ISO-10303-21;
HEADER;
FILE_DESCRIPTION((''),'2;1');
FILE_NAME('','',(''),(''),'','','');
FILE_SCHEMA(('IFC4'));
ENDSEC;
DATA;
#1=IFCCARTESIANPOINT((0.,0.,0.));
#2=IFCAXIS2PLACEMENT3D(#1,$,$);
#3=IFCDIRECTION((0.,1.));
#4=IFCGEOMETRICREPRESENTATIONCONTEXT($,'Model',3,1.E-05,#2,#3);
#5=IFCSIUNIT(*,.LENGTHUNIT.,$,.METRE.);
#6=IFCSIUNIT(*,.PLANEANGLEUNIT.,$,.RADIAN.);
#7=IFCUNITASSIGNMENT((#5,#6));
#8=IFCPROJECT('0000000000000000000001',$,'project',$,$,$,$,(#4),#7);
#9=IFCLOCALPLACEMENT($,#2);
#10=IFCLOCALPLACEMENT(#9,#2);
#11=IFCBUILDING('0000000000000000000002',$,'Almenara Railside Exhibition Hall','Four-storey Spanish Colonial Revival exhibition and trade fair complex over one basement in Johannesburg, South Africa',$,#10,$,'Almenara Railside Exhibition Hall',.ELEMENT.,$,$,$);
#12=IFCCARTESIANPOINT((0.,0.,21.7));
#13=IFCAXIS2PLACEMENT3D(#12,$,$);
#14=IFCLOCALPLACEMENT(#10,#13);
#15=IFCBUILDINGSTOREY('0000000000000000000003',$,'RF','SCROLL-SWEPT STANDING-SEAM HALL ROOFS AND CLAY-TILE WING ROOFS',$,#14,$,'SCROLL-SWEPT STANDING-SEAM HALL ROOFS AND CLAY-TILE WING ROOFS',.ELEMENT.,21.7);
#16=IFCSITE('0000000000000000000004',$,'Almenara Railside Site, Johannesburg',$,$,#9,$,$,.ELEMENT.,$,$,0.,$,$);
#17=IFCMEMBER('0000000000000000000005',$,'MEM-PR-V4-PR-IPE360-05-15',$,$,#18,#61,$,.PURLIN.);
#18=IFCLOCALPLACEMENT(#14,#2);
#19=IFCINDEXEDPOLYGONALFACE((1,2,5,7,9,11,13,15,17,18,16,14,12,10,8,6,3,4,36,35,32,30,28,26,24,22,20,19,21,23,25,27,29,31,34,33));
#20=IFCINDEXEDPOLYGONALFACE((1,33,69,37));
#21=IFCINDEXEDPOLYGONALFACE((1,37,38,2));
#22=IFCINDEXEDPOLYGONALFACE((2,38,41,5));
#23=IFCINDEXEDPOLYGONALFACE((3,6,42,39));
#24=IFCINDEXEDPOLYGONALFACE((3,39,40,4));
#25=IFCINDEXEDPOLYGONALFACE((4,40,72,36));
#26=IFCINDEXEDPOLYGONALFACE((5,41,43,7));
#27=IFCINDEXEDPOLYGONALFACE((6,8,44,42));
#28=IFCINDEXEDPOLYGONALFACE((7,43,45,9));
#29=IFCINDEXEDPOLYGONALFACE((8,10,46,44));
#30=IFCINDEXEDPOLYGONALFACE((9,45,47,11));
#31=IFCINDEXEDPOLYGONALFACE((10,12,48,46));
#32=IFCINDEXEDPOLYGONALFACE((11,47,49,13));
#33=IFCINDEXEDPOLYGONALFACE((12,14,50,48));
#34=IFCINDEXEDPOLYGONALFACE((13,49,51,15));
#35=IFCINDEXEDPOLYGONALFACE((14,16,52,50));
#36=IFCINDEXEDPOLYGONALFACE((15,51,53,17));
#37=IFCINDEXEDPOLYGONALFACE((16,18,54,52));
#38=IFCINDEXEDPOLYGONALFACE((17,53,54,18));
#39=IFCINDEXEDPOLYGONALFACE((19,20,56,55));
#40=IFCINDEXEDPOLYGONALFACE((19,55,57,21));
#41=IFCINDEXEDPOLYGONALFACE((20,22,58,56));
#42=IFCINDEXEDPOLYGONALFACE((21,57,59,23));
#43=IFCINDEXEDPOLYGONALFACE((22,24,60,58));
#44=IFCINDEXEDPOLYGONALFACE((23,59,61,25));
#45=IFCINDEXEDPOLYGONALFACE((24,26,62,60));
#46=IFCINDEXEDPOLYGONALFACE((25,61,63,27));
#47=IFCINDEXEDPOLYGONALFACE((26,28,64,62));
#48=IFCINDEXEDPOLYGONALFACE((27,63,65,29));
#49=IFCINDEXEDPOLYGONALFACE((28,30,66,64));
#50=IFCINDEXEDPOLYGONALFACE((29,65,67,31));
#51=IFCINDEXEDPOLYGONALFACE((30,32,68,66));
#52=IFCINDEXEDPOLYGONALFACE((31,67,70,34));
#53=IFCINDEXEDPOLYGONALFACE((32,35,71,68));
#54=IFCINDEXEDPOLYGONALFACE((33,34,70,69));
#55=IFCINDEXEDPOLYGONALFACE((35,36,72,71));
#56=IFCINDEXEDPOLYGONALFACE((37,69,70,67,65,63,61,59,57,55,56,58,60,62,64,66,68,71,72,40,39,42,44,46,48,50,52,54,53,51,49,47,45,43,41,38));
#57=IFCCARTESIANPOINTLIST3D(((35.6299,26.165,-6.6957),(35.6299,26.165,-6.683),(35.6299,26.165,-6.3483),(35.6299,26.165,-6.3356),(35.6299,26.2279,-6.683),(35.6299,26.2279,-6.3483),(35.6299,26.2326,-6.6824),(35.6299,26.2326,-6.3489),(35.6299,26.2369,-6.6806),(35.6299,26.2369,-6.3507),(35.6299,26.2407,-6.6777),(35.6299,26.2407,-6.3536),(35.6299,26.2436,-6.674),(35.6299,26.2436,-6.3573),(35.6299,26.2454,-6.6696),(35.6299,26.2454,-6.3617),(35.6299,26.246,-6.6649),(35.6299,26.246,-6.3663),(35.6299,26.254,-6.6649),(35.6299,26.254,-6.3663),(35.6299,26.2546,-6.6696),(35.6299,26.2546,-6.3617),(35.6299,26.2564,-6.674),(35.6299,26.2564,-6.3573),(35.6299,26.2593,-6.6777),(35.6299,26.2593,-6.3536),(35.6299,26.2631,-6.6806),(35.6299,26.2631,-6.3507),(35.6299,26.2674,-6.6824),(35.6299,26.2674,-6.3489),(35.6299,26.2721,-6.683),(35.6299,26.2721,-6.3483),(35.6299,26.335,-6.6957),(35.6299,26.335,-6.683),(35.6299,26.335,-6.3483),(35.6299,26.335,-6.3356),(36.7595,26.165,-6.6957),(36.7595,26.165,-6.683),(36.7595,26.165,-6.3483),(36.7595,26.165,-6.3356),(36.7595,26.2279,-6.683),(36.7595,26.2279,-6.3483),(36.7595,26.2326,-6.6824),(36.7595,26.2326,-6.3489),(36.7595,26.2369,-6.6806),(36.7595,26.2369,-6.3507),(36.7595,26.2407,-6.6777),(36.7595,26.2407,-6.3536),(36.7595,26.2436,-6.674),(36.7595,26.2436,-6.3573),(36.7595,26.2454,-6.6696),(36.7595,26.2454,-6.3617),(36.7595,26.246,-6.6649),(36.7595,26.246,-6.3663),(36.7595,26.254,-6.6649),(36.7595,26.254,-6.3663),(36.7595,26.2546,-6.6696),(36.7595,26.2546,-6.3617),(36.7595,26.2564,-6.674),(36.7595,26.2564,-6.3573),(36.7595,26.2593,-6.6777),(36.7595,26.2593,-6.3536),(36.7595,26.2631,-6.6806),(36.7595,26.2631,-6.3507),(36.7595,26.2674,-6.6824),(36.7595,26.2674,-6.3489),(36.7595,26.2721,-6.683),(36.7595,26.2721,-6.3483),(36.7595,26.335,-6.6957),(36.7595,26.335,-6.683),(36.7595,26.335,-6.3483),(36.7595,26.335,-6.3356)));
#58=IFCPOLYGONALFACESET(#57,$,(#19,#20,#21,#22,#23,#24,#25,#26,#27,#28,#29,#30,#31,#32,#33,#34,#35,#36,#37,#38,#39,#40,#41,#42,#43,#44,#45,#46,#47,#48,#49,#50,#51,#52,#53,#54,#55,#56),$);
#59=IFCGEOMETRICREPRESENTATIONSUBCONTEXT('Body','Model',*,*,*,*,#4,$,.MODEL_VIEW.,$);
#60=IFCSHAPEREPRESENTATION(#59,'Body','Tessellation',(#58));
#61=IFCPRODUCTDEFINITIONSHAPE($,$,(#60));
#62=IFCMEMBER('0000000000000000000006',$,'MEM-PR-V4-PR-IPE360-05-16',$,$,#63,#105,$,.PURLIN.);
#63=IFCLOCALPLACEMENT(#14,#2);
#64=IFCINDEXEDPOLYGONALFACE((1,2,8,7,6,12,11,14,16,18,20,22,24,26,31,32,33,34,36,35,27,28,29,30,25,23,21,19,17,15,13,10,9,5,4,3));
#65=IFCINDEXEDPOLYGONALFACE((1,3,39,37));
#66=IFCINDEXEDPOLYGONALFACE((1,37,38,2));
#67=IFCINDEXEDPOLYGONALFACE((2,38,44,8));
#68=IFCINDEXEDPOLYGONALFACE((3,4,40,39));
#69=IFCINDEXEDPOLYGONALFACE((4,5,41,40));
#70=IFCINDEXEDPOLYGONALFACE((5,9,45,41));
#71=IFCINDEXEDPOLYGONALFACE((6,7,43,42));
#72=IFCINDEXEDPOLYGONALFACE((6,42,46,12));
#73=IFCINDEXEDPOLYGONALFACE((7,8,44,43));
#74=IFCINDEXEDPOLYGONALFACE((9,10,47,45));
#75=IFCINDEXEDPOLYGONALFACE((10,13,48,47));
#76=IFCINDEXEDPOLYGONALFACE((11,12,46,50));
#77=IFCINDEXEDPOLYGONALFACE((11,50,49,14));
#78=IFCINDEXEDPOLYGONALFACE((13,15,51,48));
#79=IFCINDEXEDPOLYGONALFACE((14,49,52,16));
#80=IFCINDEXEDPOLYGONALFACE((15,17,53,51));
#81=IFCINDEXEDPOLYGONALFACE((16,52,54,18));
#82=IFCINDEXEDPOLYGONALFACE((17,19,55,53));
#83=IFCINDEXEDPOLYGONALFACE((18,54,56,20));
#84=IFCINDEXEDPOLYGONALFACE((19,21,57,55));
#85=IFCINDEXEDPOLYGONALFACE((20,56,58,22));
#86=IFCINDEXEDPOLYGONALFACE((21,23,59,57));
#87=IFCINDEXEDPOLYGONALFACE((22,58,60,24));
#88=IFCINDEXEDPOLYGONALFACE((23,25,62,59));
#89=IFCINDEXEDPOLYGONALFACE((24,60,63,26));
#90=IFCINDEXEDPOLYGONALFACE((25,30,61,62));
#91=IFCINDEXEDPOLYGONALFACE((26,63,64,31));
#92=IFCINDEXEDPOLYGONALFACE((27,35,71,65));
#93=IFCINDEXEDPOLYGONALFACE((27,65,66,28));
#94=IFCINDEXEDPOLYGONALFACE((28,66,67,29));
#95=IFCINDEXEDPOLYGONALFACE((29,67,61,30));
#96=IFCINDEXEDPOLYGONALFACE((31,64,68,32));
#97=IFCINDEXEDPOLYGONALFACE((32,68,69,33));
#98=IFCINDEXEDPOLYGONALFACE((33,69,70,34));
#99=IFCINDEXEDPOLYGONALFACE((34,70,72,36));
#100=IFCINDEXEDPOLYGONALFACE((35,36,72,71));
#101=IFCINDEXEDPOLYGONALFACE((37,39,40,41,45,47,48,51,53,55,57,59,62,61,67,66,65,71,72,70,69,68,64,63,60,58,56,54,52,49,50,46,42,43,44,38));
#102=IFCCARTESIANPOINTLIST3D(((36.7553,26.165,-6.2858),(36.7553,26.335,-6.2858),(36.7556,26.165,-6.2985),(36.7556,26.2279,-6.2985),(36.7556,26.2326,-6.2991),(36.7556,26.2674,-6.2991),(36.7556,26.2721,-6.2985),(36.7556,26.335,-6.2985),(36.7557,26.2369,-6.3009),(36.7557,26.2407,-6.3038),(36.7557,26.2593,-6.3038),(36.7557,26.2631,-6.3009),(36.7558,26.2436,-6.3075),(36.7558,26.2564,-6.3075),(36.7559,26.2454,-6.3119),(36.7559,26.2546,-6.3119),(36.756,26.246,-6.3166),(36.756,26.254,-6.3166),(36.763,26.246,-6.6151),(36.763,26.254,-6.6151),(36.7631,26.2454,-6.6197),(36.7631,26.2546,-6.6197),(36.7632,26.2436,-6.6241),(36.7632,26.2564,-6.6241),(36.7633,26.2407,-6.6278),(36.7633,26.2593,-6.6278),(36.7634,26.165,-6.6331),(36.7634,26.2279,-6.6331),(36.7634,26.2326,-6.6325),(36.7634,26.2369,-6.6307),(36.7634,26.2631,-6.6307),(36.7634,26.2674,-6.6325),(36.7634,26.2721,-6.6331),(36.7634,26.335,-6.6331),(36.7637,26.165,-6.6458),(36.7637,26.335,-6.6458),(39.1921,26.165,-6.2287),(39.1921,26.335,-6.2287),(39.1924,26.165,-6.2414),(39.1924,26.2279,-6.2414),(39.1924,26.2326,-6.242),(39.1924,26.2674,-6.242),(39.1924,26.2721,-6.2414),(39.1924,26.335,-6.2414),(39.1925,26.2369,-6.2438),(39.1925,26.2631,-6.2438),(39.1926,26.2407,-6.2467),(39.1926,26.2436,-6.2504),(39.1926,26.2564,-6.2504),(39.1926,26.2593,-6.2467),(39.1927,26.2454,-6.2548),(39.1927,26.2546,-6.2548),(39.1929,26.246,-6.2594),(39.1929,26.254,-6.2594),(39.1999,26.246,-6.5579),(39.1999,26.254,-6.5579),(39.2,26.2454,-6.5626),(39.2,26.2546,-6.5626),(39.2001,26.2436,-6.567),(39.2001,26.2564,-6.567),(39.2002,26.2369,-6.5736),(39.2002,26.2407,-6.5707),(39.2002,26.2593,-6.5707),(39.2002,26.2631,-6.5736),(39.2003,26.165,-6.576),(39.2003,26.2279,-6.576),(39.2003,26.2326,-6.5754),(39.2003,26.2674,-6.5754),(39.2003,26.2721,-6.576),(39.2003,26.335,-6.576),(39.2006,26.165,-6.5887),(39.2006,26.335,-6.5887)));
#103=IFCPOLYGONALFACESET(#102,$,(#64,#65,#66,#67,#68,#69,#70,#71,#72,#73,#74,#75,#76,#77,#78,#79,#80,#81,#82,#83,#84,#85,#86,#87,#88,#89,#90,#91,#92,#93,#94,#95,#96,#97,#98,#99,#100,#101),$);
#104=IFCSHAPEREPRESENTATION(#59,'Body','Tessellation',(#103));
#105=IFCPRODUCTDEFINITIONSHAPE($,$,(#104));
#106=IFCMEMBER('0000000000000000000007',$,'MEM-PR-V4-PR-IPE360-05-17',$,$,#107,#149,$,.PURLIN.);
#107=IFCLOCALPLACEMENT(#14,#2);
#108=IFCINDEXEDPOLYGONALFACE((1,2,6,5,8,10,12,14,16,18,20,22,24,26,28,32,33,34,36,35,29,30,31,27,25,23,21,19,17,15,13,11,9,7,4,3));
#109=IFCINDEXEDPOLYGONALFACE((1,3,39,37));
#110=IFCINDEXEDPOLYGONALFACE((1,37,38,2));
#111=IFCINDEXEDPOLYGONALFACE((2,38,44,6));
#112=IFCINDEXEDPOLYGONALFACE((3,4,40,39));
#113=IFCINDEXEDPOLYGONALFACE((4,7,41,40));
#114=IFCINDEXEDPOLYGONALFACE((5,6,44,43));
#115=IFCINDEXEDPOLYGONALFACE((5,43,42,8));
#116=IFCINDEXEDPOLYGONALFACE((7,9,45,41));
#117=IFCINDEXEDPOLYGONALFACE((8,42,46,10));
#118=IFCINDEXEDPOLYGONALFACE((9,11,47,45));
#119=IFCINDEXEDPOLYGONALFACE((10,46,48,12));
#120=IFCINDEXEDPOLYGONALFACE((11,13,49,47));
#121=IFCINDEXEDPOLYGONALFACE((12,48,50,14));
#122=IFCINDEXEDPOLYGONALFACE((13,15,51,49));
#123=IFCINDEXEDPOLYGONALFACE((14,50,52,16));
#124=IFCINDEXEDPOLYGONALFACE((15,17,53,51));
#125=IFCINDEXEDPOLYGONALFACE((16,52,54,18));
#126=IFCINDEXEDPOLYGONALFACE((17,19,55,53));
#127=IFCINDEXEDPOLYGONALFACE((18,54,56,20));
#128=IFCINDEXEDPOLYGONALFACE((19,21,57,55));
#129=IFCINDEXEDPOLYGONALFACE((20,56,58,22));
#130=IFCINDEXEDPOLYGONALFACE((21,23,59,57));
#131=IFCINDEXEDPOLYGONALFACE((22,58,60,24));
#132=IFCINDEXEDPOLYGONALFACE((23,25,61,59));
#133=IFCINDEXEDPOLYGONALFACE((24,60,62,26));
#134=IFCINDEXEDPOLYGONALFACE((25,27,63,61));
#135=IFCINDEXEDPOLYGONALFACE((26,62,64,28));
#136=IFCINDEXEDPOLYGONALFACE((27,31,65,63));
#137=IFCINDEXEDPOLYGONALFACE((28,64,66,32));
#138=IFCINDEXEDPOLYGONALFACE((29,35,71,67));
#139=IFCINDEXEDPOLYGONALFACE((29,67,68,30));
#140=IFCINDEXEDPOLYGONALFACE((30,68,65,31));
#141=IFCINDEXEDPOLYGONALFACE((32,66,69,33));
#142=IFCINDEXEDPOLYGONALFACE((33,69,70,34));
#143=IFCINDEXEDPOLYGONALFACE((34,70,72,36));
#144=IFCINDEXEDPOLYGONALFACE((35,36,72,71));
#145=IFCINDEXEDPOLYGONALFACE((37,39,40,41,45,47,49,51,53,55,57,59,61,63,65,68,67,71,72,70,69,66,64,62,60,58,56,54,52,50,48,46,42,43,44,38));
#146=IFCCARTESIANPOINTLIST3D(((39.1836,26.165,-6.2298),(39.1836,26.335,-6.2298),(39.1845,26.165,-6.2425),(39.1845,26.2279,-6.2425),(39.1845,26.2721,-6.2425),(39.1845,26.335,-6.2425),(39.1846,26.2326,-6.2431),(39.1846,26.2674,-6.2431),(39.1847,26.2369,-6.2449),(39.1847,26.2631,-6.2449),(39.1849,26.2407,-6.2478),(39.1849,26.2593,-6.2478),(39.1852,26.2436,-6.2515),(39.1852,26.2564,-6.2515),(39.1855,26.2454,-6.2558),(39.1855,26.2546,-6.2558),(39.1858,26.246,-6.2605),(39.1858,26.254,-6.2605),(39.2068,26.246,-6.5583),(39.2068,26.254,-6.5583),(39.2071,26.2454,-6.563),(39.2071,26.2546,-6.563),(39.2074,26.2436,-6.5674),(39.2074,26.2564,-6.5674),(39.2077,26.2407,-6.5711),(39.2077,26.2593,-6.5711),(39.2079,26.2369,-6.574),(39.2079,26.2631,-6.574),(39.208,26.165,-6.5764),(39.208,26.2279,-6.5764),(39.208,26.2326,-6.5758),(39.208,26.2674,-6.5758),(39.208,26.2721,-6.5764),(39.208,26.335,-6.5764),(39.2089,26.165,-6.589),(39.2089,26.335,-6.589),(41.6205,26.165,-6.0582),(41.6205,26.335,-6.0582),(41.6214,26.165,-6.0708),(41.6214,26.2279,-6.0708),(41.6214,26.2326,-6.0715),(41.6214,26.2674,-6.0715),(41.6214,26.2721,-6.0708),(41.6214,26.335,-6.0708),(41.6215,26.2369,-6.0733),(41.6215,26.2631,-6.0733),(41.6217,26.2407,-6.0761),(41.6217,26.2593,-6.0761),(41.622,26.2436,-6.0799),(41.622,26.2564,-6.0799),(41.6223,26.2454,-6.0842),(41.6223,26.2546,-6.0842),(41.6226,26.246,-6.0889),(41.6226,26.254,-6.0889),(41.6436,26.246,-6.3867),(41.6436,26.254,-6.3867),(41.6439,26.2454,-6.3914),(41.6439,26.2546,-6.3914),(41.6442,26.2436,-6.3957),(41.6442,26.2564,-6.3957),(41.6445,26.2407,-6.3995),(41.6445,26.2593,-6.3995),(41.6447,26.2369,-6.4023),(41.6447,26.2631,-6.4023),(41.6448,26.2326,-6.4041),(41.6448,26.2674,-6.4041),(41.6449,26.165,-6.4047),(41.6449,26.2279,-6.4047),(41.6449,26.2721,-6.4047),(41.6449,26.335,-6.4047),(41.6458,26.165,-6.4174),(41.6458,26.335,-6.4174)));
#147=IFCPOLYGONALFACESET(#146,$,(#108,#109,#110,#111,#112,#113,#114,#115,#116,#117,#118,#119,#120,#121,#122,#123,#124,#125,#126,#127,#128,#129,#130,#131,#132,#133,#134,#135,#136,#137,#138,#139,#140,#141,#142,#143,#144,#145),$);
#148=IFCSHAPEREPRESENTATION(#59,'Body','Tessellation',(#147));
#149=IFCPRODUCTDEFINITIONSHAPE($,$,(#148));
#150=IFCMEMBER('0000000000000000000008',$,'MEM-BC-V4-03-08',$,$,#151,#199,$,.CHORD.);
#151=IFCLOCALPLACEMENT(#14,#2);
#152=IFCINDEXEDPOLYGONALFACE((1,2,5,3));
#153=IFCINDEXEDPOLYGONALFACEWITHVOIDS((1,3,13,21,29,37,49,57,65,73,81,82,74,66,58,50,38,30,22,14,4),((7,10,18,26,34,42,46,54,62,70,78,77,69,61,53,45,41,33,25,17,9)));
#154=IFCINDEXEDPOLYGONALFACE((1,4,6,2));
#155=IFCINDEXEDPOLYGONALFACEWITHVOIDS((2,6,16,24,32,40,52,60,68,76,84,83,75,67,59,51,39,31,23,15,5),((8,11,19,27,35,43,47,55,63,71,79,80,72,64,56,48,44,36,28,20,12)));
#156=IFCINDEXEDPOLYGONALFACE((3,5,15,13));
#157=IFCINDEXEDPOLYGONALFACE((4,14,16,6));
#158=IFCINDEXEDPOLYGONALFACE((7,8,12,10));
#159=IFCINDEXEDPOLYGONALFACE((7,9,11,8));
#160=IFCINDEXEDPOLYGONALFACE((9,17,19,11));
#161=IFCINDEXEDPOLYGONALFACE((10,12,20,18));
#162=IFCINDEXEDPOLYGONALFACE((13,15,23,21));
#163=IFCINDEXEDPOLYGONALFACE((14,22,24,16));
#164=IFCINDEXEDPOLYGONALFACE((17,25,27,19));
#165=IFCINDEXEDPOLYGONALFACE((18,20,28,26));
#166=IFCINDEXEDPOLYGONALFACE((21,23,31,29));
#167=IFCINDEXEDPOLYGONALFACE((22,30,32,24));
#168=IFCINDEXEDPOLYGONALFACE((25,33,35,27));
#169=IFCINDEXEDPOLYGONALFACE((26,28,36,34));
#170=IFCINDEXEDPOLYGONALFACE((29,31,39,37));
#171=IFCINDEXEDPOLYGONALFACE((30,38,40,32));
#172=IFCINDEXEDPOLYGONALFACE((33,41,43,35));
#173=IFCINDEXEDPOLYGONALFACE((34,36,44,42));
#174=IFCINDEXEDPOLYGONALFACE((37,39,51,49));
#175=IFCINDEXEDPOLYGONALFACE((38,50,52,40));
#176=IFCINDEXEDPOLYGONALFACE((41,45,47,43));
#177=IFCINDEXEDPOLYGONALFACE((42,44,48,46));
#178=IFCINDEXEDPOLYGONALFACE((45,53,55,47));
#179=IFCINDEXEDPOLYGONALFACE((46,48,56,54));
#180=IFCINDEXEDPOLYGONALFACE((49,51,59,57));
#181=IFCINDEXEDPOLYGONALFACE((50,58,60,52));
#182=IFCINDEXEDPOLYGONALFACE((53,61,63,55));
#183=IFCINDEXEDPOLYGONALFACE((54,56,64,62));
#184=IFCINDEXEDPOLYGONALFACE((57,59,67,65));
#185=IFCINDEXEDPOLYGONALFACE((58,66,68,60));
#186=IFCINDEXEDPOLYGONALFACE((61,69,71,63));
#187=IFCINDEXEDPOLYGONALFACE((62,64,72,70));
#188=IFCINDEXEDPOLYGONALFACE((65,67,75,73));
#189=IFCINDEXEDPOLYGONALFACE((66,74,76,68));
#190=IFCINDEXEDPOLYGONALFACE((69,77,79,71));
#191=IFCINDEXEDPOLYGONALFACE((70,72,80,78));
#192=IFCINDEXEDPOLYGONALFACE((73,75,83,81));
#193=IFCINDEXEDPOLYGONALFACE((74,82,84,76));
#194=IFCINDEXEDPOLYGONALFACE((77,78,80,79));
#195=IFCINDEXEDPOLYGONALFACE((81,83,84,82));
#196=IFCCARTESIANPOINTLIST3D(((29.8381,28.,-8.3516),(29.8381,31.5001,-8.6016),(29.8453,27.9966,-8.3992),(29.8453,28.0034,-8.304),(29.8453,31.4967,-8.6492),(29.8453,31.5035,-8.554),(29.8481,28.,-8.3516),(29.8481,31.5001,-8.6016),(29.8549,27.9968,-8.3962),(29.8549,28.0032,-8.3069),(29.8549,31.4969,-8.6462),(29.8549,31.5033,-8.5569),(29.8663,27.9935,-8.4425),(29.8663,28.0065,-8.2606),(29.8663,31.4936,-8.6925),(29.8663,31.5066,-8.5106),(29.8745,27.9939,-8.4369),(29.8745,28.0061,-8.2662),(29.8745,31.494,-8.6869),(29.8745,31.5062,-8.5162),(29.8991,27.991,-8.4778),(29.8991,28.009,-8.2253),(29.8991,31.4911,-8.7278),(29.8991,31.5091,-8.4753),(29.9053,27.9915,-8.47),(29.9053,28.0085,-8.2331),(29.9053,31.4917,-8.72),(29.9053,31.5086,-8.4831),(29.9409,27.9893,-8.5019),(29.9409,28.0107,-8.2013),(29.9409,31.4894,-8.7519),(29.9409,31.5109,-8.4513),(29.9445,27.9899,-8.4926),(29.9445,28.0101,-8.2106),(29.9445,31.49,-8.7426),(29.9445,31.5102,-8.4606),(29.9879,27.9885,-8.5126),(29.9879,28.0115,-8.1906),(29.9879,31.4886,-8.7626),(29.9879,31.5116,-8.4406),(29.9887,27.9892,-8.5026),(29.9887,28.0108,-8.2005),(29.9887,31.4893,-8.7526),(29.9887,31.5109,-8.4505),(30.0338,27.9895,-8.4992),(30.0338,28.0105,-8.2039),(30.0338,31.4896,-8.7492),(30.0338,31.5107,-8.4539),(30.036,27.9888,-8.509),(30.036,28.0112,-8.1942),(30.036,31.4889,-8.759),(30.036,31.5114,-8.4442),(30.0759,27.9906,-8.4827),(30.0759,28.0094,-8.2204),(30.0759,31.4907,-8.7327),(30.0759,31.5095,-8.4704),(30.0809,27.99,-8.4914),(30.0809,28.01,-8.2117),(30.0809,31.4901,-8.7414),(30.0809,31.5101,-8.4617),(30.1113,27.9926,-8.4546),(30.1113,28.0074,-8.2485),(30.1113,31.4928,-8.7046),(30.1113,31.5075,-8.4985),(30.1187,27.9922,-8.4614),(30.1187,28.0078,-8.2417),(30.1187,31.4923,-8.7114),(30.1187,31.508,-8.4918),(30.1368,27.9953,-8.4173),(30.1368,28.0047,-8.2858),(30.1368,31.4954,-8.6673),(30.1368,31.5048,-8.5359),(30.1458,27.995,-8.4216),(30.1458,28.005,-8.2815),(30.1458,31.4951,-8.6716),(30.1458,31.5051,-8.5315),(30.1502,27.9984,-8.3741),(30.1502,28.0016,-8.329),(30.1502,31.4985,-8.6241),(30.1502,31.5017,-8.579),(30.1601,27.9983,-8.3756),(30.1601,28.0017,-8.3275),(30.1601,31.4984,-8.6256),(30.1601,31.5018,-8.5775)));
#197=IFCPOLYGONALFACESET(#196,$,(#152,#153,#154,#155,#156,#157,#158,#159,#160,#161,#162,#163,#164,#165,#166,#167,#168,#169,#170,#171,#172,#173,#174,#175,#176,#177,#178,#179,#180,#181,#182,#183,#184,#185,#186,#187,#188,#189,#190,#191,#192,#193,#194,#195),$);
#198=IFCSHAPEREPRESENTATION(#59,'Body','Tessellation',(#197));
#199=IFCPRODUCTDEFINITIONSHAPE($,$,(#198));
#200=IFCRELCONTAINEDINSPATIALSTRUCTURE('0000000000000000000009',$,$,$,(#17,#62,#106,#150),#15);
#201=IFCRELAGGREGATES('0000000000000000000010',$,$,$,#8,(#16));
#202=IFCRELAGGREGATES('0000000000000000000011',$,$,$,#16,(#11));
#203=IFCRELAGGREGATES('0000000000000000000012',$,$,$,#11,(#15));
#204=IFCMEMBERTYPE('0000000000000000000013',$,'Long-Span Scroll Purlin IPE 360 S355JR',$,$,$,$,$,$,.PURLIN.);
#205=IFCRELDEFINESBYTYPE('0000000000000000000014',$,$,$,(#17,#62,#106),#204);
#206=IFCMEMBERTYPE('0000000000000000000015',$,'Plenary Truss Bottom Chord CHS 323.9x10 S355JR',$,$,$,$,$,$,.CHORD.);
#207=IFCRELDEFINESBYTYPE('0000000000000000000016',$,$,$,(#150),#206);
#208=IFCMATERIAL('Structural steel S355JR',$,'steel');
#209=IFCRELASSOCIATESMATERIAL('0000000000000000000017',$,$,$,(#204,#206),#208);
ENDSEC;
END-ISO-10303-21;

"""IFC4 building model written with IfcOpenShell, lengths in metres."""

from ifc_helpers import new_model, si_unit, direction, frame, origin, origin_2d, place, context, subcontext, project, spatial, hollow_circle, i_section, extrude, material, material_profile, profile_set, type_object, element, save


model = new_model("IFC4")

# Units and contexts
model_context = context("Model", 3, precision=1e-05, world=origin(), true_north=direction((0.0, 1.0)))
body_context = subcontext(model_context, "Body", "Model", "MODEL_VIEW")
ifc_project = project(units=[si_unit("LENGTHUNIT", "METRE"), si_unit("PLANEANGLEUNIT", "RADIAN")], contexts=[model_context])

# Site, building, storey
site_placement = place(None, origin())
site = spatial("IfcSite", under=ifc_project, at=site_placement, Name="Almenara Railside Site, Johannesburg", CompositionType="ELEMENT", RefElevation=0.0)
building_placement = place(site_placement, origin())
building = spatial("IfcBuilding", under=site, at=building_placement, Name="Almenara Railside Exhibition Hall", Description="Four-storey Spanish Colonial Revival exhibition and trade fair complex over one basement in Johannesburg, South Africa", LongName="Almenara Railside Exhibition Hall", CompositionType="ELEMENT")
storey_placement = place(building_placement, frame((0.0, 0.0, 21.7)))
storey = spatial("IfcBuildingStorey", under=building, at=storey_placement, Name="RF", Description="SCROLL-SWEPT STANDING-SEAM HALL ROOFS AND CLAY-TILE WING ROOFS", LongName="SCROLL-SWEPT STANDING-SEAM HALL ROOFS AND CLAY-TILE WING ROOFS", CompositionType="ELEMENT", Elevation=21.7)

# Members
ifc_material_1 = material(Name="Structural steel S355JR", Category="steel")
ifc_material_profile_1 = material_profile(ifc_material_1, i_section(OverallWidth=0.1699, OverallDepth=0.3601, WebThickness=0.0081, FlangeThickness=0.0127, FilletRadius=0.0181, at=origin_2d()), Name="IPE 360")
ifc_profile_set_1 = profile_set([ifc_material_profile_1], Name="Structural steel S355JR")
member_type_1 = type_object("IfcMemberType", Name="Long-Span Scroll Purlin IPE 360 S355JR", PredefinedType="PURLIN", material=ifc_profile_set_1)
member_1_placement = place(storey_placement, frame((35.6299, 26.25, -6.5156), z_axis=(1.0, 0.0, 0.0), x_axis=(0.0, 1.0, 0.0)))
element("IfcMember", 1, at=member_1_placement, inside=storey, type_object=member_type_1, Name="MEM-PR-V4-PR-IPE360-05-15", PredefinedType="PURLIN", context=body_context, shape_type="SweptSolid", body=[
    extrude(i_section(OverallWidth=0.1699, OverallDepth=0.3601, WebThickness=0.0081, FlangeThickness=0.0127, FilletRadius=0.0181, at=origin_2d()), origin(), (0.0, 0.0, 1.0), 1.1296),
])
member_2_placement = place(storey_placement, frame((36.7595, 26.25, -6.4658), z_axis=(0.999725, 0.0, 0.023438), x_axis=(0.0, 1.0, 0.0)))
element("IfcMember", 2, at=member_2_placement, inside=storey, type_object=member_type_1, Name="MEM-PR-V4-PR-IPE360-05-16", PredefinedType="PURLIN", context=body_context, shape_type="SweptSolid", body=[
    extrude(i_section(OverallWidth=0.1699, OverallDepth=0.3601, WebThickness=0.0081, FlangeThickness=0.0127, FilletRadius=0.0181, at=origin_2d()), origin(), (0.0, 0.0, 1.0), 2.4375),
])
member_3_placement = place(storey_placement, frame((39.1963, 26.25, -6.4094), z_axis=(0.997529, 0.0, 0.07026), x_axis=(0.0, 1.0, 0.0)))
element("IfcMember", 3, at=member_3_placement, inside=storey, type_object=member_type_1, Name="MEM-PR-V4-PR-IPE360-05-17", PredefinedType="PURLIN", context=body_context, shape_type="SweptSolid", body=[
    extrude(i_section(OverallWidth=0.1699, OverallDepth=0.3601, WebThickness=0.0081, FlangeThickness=0.0127, FilletRadius=0.0181, at=origin_2d()), origin(), (0.0, 0.0, 1.0), 2.4429),
])
ifc_material_profile_2 = material_profile(ifc_material_1, hollow_circle(Radius=0.1619, WallThickness=0.01, at=origin_2d()), Name="CHS 323.9x10")
ifc_profile_set_2 = profile_set([ifc_material_profile_2], Name="Structural steel S355JR")
member_type_2 = type_object("IfcMemberType", Name="Plenary Truss Bottom Chord CHS 323.9x10 S355JR", PredefinedType="CHORD", material=ifc_profile_set_2)
member_4_placement = place(storey_placement, frame((30.0, 28.0, -8.3516), z_axis=(0.0, 0.997459, -0.071247), x_axis=(-1.0, 0.0, 0.0)))
element("IfcMember", 4, at=member_4_placement, inside=storey, type_object=member_type_2, Name="MEM-BC-V4-03-08", PredefinedType="CHORD", context=body_context, shape_type="SweptSolid", body=[
    extrude(hollow_circle(Radius=0.1619, WallThickness=0.01, at=origin_2d()), origin(), (0.0, 0.0, 1.0), 3.509),
])

save(model, "model.ifc")
